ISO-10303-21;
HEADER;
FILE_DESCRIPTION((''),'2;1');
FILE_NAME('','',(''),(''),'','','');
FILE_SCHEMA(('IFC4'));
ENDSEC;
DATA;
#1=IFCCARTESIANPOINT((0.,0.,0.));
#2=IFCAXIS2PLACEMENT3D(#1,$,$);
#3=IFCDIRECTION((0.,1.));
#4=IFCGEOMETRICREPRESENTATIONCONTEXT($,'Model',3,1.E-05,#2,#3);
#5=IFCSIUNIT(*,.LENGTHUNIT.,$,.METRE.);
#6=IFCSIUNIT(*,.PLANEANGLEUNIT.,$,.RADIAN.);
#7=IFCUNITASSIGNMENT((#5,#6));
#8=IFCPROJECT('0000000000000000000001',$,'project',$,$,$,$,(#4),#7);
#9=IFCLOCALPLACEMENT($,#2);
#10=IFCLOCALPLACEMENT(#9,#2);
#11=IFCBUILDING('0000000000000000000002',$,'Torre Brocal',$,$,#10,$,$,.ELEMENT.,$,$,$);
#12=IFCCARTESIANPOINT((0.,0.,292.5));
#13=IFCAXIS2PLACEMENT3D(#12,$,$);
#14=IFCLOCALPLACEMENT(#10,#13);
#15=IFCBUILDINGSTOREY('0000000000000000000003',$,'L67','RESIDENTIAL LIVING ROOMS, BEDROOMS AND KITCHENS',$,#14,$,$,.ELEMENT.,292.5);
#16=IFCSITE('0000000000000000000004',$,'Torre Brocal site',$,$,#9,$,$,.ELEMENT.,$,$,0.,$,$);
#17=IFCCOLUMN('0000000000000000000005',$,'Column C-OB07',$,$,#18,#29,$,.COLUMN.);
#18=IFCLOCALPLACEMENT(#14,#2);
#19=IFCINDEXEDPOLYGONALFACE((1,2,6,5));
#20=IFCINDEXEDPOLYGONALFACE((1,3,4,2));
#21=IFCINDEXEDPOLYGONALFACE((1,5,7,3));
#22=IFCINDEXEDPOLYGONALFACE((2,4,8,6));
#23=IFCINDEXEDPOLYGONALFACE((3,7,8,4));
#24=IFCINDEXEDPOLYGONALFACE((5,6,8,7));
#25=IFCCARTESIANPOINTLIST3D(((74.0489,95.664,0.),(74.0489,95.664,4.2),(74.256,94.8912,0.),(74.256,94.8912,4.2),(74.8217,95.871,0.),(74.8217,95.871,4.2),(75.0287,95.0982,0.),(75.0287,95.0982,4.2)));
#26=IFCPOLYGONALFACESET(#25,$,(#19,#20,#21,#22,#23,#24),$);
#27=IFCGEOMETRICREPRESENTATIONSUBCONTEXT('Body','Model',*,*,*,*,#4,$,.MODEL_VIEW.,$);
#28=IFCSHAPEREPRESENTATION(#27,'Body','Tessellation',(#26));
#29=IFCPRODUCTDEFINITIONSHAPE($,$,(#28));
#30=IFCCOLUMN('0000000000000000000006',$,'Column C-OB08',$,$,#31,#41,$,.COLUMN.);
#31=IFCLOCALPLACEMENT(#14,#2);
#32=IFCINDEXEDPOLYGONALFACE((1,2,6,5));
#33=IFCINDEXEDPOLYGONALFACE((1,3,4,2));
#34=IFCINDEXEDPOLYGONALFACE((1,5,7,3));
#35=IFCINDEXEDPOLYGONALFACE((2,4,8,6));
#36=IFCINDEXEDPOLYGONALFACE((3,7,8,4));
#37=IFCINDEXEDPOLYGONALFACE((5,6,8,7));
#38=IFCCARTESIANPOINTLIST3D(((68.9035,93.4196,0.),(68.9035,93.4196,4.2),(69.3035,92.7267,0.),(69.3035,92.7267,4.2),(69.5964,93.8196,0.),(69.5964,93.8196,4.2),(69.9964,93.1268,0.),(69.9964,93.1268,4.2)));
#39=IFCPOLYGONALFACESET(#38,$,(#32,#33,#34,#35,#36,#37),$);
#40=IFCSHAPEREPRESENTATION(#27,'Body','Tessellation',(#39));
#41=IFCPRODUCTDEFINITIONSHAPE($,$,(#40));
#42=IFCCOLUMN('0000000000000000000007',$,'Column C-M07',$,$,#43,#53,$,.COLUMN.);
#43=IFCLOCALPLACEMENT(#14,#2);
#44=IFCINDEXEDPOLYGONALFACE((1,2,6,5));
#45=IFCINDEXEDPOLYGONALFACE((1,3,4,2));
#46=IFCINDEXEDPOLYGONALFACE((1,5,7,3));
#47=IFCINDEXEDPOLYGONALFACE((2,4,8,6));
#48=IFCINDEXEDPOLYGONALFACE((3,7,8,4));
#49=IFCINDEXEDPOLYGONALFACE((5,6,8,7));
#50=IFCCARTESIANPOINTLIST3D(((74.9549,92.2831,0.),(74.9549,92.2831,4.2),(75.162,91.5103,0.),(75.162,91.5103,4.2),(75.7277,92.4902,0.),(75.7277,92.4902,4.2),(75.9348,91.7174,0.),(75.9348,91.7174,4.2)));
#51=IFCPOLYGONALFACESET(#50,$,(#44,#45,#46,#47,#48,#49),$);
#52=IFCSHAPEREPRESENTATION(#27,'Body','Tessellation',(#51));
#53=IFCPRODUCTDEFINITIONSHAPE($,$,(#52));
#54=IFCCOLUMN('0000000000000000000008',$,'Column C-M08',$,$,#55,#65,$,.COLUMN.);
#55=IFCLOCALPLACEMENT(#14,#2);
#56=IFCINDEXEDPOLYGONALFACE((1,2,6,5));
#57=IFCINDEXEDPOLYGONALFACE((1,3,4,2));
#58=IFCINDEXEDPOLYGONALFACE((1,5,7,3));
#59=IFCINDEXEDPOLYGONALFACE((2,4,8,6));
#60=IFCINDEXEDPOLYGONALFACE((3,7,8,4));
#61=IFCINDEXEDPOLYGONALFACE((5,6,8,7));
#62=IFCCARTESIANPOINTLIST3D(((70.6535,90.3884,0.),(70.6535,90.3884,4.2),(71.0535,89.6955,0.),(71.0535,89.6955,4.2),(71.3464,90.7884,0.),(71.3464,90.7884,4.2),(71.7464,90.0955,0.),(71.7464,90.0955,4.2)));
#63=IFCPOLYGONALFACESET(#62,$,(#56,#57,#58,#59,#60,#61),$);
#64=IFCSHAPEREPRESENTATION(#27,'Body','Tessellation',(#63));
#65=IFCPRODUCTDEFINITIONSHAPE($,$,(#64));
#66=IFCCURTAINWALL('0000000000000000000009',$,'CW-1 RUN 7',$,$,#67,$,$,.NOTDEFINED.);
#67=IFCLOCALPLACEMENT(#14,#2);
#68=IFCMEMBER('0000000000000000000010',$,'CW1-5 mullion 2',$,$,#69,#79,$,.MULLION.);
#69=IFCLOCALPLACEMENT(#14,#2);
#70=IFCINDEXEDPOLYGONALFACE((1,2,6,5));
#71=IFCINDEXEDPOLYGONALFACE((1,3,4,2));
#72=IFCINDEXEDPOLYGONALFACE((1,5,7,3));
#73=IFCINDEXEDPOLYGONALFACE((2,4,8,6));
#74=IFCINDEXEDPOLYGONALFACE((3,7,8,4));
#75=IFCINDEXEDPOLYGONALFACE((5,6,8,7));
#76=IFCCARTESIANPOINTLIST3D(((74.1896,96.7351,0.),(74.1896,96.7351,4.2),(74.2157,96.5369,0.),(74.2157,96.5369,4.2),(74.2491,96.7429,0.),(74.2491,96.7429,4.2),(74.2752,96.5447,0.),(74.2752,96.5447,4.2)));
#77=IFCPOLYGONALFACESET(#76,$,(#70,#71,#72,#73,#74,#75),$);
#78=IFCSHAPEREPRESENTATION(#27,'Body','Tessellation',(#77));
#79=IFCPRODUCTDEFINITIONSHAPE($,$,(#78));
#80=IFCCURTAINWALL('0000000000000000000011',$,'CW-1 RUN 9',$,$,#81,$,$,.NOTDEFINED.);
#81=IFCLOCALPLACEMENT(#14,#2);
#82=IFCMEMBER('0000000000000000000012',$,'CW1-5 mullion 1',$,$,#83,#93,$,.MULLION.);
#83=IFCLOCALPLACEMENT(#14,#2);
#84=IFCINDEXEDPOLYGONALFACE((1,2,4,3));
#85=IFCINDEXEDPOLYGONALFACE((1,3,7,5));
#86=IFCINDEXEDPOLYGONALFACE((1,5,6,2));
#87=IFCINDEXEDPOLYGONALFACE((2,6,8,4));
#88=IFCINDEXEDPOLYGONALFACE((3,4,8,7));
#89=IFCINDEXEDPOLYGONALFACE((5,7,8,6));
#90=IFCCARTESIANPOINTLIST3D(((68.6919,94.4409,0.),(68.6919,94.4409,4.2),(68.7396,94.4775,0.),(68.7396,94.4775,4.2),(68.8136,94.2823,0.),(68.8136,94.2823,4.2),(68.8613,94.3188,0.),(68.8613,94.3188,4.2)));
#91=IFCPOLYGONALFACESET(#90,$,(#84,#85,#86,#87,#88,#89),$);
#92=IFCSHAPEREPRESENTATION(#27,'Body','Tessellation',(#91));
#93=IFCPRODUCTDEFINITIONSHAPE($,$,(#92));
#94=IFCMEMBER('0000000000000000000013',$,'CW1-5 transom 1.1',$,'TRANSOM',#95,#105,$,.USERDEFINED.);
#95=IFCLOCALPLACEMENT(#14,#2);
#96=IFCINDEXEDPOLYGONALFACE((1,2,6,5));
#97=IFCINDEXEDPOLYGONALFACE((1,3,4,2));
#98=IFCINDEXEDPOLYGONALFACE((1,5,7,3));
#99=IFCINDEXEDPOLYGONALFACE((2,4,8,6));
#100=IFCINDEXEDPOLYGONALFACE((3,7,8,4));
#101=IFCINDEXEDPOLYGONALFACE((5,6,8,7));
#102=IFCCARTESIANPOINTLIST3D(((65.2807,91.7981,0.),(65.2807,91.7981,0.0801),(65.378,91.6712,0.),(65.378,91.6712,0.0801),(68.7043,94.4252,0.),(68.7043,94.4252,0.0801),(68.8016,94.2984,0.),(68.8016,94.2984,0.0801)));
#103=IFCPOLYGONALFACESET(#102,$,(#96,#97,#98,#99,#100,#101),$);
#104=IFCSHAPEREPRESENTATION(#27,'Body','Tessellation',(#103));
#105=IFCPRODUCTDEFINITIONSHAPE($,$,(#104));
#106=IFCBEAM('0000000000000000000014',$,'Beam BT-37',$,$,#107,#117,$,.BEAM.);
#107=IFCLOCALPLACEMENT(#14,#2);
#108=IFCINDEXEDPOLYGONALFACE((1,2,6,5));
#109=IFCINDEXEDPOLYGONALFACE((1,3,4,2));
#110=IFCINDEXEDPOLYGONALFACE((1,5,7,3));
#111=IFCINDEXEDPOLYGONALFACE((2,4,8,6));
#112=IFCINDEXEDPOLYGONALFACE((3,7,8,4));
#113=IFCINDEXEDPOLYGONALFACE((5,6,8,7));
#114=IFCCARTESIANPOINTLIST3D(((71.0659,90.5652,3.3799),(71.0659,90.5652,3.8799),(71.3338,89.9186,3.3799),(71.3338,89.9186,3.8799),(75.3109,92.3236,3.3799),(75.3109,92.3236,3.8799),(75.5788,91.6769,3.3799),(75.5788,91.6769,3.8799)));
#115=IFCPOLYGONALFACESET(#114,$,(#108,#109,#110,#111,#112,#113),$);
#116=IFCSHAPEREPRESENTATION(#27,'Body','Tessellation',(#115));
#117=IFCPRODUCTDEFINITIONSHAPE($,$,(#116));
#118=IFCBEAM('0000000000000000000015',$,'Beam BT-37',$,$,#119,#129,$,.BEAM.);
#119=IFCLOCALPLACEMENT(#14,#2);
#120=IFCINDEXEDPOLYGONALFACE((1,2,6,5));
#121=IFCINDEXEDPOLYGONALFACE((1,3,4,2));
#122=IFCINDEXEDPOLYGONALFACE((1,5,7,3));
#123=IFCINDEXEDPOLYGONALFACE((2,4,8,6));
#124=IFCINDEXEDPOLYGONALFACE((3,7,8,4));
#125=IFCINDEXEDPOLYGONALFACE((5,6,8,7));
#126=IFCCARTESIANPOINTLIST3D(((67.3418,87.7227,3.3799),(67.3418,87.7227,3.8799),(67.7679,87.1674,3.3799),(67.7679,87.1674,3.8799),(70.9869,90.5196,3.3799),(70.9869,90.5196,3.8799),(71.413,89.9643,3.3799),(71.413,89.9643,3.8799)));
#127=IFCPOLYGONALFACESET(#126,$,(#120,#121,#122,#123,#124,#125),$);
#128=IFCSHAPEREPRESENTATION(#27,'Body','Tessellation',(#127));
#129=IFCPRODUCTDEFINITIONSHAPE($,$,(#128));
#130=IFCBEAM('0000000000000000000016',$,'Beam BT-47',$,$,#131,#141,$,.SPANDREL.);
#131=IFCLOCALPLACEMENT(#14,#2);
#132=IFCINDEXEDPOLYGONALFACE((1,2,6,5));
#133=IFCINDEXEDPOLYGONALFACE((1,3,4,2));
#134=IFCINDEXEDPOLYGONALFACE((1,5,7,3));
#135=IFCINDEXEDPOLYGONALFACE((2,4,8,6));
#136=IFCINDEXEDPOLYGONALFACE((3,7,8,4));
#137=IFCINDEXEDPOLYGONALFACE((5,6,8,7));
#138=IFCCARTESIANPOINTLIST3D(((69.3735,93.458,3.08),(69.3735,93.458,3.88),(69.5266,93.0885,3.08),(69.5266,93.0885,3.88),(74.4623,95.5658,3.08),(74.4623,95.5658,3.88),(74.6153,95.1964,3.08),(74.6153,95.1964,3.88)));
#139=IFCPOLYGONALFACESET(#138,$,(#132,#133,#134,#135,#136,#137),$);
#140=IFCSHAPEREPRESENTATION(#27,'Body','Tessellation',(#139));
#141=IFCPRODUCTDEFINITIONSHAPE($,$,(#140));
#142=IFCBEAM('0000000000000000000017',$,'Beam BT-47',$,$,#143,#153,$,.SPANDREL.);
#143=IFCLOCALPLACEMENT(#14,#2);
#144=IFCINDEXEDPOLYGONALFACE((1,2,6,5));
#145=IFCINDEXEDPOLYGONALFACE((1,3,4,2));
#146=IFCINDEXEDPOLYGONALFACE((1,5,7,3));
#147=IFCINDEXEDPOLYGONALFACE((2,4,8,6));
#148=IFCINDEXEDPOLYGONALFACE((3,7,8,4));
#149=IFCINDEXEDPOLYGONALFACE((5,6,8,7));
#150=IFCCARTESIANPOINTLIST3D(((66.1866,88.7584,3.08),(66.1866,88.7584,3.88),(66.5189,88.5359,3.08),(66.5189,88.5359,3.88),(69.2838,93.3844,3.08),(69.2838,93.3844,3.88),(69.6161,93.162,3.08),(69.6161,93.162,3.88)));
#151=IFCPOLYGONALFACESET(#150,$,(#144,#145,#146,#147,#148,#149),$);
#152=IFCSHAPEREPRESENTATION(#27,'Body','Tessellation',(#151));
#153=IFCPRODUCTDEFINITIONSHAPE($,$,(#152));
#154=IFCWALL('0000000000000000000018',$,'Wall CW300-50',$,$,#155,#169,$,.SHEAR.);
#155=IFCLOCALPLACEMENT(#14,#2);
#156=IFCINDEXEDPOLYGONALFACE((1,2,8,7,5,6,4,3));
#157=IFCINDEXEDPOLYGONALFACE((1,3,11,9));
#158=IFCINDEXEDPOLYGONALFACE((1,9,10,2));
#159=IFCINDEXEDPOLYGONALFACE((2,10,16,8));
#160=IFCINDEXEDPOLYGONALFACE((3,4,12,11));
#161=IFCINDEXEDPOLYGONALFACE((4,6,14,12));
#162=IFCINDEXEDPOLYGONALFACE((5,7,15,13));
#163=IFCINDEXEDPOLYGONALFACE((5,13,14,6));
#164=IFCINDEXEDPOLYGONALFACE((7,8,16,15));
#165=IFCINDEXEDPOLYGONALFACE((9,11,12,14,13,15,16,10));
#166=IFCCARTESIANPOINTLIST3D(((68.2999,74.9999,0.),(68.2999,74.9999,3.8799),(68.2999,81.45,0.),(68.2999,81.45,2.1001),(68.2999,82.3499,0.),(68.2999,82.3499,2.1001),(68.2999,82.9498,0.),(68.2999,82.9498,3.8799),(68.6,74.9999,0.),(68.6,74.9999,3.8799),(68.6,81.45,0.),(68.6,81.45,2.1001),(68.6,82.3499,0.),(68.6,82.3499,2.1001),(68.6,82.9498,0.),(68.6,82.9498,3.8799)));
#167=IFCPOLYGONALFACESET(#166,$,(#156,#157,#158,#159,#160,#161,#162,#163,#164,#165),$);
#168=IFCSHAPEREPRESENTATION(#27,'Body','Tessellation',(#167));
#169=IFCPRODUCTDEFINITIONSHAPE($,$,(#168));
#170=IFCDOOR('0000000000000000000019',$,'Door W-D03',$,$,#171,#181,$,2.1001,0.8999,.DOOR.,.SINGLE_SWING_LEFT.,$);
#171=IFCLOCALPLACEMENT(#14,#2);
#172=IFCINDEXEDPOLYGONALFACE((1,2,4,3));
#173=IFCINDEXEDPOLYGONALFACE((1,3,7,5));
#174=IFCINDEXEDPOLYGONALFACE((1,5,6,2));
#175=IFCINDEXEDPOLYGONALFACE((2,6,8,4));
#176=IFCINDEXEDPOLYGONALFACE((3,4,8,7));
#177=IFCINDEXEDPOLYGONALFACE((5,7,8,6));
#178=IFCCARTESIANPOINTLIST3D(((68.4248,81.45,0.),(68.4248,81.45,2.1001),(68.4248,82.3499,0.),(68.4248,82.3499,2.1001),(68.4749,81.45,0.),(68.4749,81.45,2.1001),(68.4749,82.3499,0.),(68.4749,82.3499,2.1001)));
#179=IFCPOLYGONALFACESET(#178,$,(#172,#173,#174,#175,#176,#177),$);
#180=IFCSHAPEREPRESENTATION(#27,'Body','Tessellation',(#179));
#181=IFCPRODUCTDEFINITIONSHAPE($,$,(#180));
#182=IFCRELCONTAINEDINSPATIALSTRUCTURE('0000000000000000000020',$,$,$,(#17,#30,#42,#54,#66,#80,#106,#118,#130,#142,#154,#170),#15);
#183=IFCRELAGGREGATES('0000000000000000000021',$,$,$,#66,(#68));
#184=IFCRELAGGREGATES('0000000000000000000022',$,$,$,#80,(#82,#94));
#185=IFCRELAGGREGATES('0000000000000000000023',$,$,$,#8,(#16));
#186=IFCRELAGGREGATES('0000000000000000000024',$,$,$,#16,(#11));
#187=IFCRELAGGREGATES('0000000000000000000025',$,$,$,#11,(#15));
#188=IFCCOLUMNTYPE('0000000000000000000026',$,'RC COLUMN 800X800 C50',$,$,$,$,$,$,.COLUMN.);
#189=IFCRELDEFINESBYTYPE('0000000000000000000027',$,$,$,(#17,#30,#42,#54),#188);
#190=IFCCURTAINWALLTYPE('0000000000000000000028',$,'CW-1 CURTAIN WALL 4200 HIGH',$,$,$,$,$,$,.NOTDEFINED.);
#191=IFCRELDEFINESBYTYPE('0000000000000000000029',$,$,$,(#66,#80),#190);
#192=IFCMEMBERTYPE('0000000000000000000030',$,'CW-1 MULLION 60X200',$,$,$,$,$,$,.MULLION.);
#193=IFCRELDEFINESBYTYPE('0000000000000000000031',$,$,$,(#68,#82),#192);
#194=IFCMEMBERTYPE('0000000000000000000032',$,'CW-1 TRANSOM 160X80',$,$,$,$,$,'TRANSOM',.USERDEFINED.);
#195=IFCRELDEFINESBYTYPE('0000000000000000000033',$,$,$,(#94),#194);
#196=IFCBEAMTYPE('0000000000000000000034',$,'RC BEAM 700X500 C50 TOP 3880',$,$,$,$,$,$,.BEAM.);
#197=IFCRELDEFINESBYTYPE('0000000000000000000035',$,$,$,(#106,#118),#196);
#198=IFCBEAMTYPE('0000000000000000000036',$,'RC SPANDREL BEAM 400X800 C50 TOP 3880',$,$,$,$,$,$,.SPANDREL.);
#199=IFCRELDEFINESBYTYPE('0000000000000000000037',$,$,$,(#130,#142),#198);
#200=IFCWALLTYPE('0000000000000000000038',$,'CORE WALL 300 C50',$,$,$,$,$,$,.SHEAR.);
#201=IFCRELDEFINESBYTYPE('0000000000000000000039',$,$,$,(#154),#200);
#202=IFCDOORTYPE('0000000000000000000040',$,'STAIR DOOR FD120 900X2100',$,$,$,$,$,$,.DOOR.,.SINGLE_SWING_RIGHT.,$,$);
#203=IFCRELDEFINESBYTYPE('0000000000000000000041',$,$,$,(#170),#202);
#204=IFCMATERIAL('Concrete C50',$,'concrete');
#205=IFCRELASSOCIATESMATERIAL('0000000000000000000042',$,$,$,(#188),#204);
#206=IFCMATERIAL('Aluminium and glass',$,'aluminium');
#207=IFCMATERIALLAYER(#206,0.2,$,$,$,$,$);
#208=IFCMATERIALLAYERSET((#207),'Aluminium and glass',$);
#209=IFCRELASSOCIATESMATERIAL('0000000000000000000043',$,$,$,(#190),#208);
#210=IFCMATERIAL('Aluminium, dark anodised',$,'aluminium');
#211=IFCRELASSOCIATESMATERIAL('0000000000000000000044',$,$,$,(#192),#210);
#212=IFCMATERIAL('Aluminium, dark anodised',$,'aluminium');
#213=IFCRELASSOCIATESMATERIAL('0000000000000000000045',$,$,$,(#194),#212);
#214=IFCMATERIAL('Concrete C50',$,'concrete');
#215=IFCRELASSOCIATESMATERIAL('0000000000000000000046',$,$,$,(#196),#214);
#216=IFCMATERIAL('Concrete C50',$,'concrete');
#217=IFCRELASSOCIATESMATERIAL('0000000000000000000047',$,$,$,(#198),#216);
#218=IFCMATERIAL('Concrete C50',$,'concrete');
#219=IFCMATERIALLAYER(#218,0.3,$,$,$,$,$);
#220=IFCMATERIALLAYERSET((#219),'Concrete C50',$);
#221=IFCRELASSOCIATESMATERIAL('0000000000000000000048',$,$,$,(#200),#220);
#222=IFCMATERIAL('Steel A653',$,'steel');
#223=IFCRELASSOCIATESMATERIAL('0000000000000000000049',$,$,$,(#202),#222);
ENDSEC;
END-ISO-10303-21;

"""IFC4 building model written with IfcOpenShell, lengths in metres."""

from ifc_helpers import new_model, si_unit, direction, frame, frame_2d, origin, origin_2d, place, context, subcontext, project, spatial, rectangle, extrude, material, layer, layer_set, material_profile, profile_set, type_object, element, fill, aggregate, save


model = new_model("IFC4")

# Units and contexts
model_context = context("Model", 3, precision=1e-05, world=origin(), true_north=direction((0.0, 1.0)))
body_context = subcontext(model_context, "Body", "Model", "MODEL_VIEW")
ifc_project = project(units=[si_unit("LENGTHUNIT", "METRE"), si_unit("PLANEANGLEUNIT", "RADIAN")], contexts=[model_context])

# Site, building, storey
site_placement = place(None, origin())
site = spatial("IfcSite", under=ifc_project, at=site_placement, Name="Torre Brocal site", CompositionType="ELEMENT", RefElevation=0.0)
building_placement = place(site_placement, origin())
building = spatial("IfcBuilding", under=site, at=building_placement, Name="Torre Brocal", CompositionType="ELEMENT")
storey_placement = place(building_placement, frame((0.0, 0.0, 292.5)))
storey = spatial("IfcBuildingStorey", under=building, at=storey_placement, Name="L67", Description="RESIDENTIAL LIVING ROOMS, BEDROOMS AND KITCHENS", CompositionType="ELEMENT", Elevation=292.5)

# Columns
ifc_material_1 = material(Name="Concrete C50", Category="concrete")
ifc_material_profile_1 = material_profile(ifc_material_1, rectangle(XDim=0.8, YDim=0.8, at=origin_2d()), Name="RC 800X800")
ifc_profile_set_1 = profile_set([ifc_material_profile_1], Name="Concrete C50")
column_type = type_object("IfcColumnType", Name="RC COLUMN 800X800 C50", PredefinedType="COLUMN", material=ifc_profile_set_1)
for number, where, z_axis, x_axis, name in (
    (1, (74.5388, 95.3811, 0.0), (0.0, 0.0, 1.0), (-0.258819, 0.965926, 0.0), "Column C-OB07"),
    (2, (69.45, 93.2732, 0.0), (0.0, 0.0, 1.0), (-0.5, 0.866025, 0.0), "Column C-OB08"),
    (3, (75.4448, 92.0002, 0.0), (0.0, 0.0, 1.0), (-0.258819, 0.965926, 0.0), "Column C-M07"),
    (4, (71.2, 90.2419, 0.0), (0.0, 0.0, 1.0), (-0.5, 0.866025, 0.0), "Column C-M08"),
):
    element("IfcColumn", number, at=place(storey_placement, frame(where, z_axis=z_axis, x_axis=x_axis)), inside=storey, type_object=column_type, Name=name, PredefinedType="COLUMN", context=body_context, shape_type="SweptSolid", body=[
        extrude(rectangle(XDim=0.8, YDim=0.8, at=origin_2d()), origin(), (0.0, 0.0, 1.0), 4.2),
    ])

# Curtain wall, member
ifc_material_2 = material(Name="Aluminium and glass", Category="aluminium")
ifc_layer_1 = layer(ifc_material_2, 0.2)
ifc_layer_set_1 = layer_set([ifc_layer_1], Name="Aluminium and glass")
curtain_wall_type = type_object("IfcCurtainWallType", Name="CW-1 CURTAIN WALL 4200 HIGH", PredefinedType="NOTDEFINED", material=ifc_layer_set_1)
curtain_wall_1_placement = place(storey_placement, origin())
curtain_wall_1 = element("IfcCurtainWall", 5, at=curtain_wall_1_placement, inside=storey, type_object=curtain_wall_type, Name="CW-1 RUN 7", PredefinedType="NOTDEFINED")
ifc_material_3 = material(Name="Aluminium, dark anodised", Category="aluminium")
ifc_material_profile_2 = material_profile(ifc_material_3, rectangle(XDim=0.2, YDim=0.0601, at=origin_2d()), Name="CW-1 MULLION 60X200")
ifc_profile_set_2 = profile_set([ifc_material_profile_2], Name="Aluminium, dark anodised")
member_type_1 = type_object("IfcMemberType", Name="CW-1 MULLION 60X200", PredefinedType="MULLION", material=ifc_profile_set_2)
member_1_placement = place(storey_placement, frame((74.2324, 96.6399, 0.0), z_axis=(0.0, 0.0, 1.0), x_axis=(0.130526, -0.991445, 0.0)))
member_1 = element("IfcMember", 6, at=member_1_placement, type_object=member_type_1, Name="CW1-5 mullion 2", PredefinedType="MULLION", context=body_context, shape_type="SweptSolid", body=[
    extrude(rectangle(XDim=0.2, YDim=0.0601, at=origin_2d()), origin(), (0.0, 0.0, 1.0), 4.2),
])
aggregate(curtain_wall_1, [member_1])

# Curtain wall, members
curtain_wall_2_placement = place(storey_placement, origin())
curtain_wall_2 = element("IfcCurtainWall", 7, at=curtain_wall_2_placement, inside=storey, type_object=curtain_wall_type, Name="CW-1 RUN 9", PredefinedType="NOTDEFINED")
member_2_placement = place(storey_placement, frame((68.7766, 94.3799, 0.0), z_axis=(0.0, 0.0, 1.0), x_axis=(0.608761, -0.793353, 0.0)))
member_2 = element("IfcMember", 8, at=member_2_placement, type_object=member_type_1, Name="CW1-5 mullion 1", PredefinedType="MULLION", context=body_context, shape_type="SweptSolid", body=[
    extrude(rectangle(XDim=0.2, YDim=0.0601, at=origin_2d()), origin(), (0.0, 0.0, 1.0), 4.2),
])
ifc_material_4 = material(Name="Aluminium, dark anodised", Category="aluminium")
ifc_material_profile_3 = material_profile(ifc_material_4, rectangle(XDim=0.1599, YDim=0.0801, at=origin_2d()), Name="CW-1 TRANSOM 160X80")
ifc_profile_set_3 = profile_set([ifc_material_profile_3], Name="Aluminium, dark anodised")
member_type_2 = type_object("IfcMemberType", Name="CW-1 TRANSOM 160X80", ElementType="TRANSOM", PredefinedType="USERDEFINED", material=ifc_profile_set_3)
member_3_placement = place(storey_placement, frame((68.7529, 94.3618, 0.04), z_axis=(-0.793332, -0.608789, 0.0), x_axis=(0.608789, -0.793332, 0.0)))
member_3 = element("IfcMember", 9, at=member_3_placement, type_object=member_type_2, Name="CW1-5 transom 1.1", ObjectType="TRANSOM", PredefinedType="USERDEFINED", context=body_context, shape_type="SweptSolid", body=[
    extrude(rectangle(XDim=0.1599, YDim=0.0801, at=origin_2d()), origin(), (0.0, 0.0, 1.0), 4.3154),
])
aggregate(curtain_wall_2, [member_2, member_3])

# Beams
ifc_material_5 = material(Name="Concrete C50", Category="concrete")
ifc_material_profile_4 = material_profile(ifc_material_5, rectangle(XDim=0.7, YDim=0.5, at=origin_2d()), Name="RC 700X500")
ifc_profile_set_4 = profile_set([ifc_material_profile_4], Name="Concrete C50")
beam_type_1 = type_object("IfcBeamType", Name="RC BEAM 700X500 C50 TOP 3880", PredefinedType="BEAM", material=ifc_profile_set_4)
beam_1_placement = place(storey_placement, frame((75.4448, 92.0002, 3.6299), z_axis=(-0.923878, -0.382687, 0.0), x_axis=(0.382687, -0.923878, 0.0)))
element("IfcBeam", 10, at=beam_1_placement, inside=storey, type_object=beam_type_1, Name="Beam BT-37", PredefinedType="BEAM", context=body_context, shape_type="SweptSolid", body=[
    extrude(rectangle(XDim=0.7, YDim=0.5, at=origin_2d()), origin(), (0.0, 0.0, 1.0), 4.5947),
])
beam_2_placement = place(storey_placement, frame((71.2, 90.2419, 3.6299), z_axis=(-0.793358, -0.608755, 0.0), x_axis=(0.608755, -0.793358, 0.0)))
element("IfcBeam", 11, at=beam_2_placement, inside=storey, type_object=beam_type_1, Name="Beam BT-37", PredefinedType="BEAM", context=body_context, shape_type="SweptSolid", body=[
    extrude(rectangle(XDim=0.7, YDim=0.5, at=origin_2d()), origin(), (0.0, 0.0, 1.0), 4.5945),
])
ifc_material_6 = material(Name="Concrete C50", Category="concrete")
ifc_material_profile_5 = material_profile(ifc_material_6, rectangle(XDim=0.3999, YDim=0.8, at=origin_2d()), Name="RC 400X800")
ifc_profile_set_5 = profile_set([ifc_material_profile_5], Name="Concrete C50")
beam_type_2 = type_object("IfcBeamType", Name="RC SPANDREL BEAM 400X800 C50 TOP 3880", PredefinedType="SPANDREL", material=ifc_profile_set_5)
beam_3_placement = place(storey_placement, frame((74.5388, 95.3811, 3.48), z_axis=(-0.923877, -0.382688, 0.0), x_axis=(0.382688, -0.923877, 0.0)))
element("IfcBeam", 12, at=beam_3_placement, inside=storey, type_object=beam_type_2, Name="Beam BT-47", PredefinedType="SPANDREL", context=body_context, shape_type="SweptSolid", body=[
    extrude(rectangle(XDim=0.3999, YDim=0.8, at=origin_2d()), origin(), (0.0, 0.0, 1.0), 5.5081),
])
beam_4_placement = place(storey_placement, frame((69.45, 93.2732, 3.48), z_axis=(-0.556339, -0.830956, 0.0), x_axis=(0.830956, -0.556339, 0.0)))
element("IfcBeam", 13, at=beam_4_placement, inside=storey, type_object=beam_type_2, Name="Beam BT-47", PredefinedType="SPANDREL", context=body_context, shape_type="SweptSolid", body=[
    extrude(rectangle(XDim=0.3999, YDim=0.8, at=origin_2d()), origin(), (0.0, 0.0, 1.0), 5.5671),
])

# Wall, opening, door
ifc_material_7 = material(Name="Concrete C50", Category="concrete")
ifc_layer_2 = layer(ifc_material_7, 0.3)
ifc_layer_set_2 = layer_set([ifc_layer_2], Name="Concrete C50")
wall_type_1 = type_object("IfcWallType", Name="CORE WALL 300 C50", PredefinedType="SHEAR", material=ifc_layer_set_2)
wall_1_placement = place(storey_placement, frame((68.45, 82.95, 0.0), z_axis=(0.0, 0.0, 1.0), x_axis=(0.0, -1.0, 0.0)))
wall_1 = element("IfcWall", 14, at=wall_1_placement, inside=storey, type_object=wall_type_1, Name="Wall CW300-50", PredefinedType="SHEAR", context=body_context, shape_type="SweptSolid", body=[
    extrude(rectangle(XDim=7.95, YDim=0.3, at=frame_2d((3.9751, 0.0))), origin(), (0.0, 0.0, 1.0), 3.8799),
])
opening_1_placement = place(wall_1_placement, frame((0.6001, 0.0, 0.0)))
opening_1 = element("IfcOpeningElement", 15, at=opening_1_placement, cuts=wall_1, PredefinedType="OPENING", context=body_context, shape_type="SweptSolid", body=[
    extrude(rectangle(XDim=0.8999, YDim=2.1001, at=frame_2d((0.45, 1.05))), frame((0.0, 0.1599, 0.0), z_axis=(0.0, -1.0, 0.0), x_axis=(1.0, 0.0, 0.0)), (0.0, 0.0, 1.0), 0.3201),
])
ifc_material_8 = material(Name="Steel A653", Category="steel")
door_type_1 = type_object("IfcDoorType", Name="STAIR DOOR FD120 900X2100", OperationType="SINGLE_SWING_RIGHT", PredefinedType="DOOR", material=ifc_material_8)
door_1_placement = place(opening_1_placement, origin())
door_1 = element("IfcDoor", 16, at=door_1_placement, inside=storey, type_object=door_type_1, Name="Door W-D03", OperationType="SINGLE_SWING_LEFT", OverallHeight=2.1001, OverallWidth=0.8999, PredefinedType="DOOR", context=body_context, shape_type="SweptSolid", body=[
    extrude(rectangle(XDim=0.8999, YDim=2.1001, at=frame_2d((0.45, 1.05))), frame((0.0, 0.0249, 0.0), z_axis=(0.0, -1.0, 0.0), x_axis=(1.0, 0.0, 0.0)), (0.0, 0.0, 1.0), 0.05),
])
fill(opening_1, door_1)

save(model, "model.ifc")
